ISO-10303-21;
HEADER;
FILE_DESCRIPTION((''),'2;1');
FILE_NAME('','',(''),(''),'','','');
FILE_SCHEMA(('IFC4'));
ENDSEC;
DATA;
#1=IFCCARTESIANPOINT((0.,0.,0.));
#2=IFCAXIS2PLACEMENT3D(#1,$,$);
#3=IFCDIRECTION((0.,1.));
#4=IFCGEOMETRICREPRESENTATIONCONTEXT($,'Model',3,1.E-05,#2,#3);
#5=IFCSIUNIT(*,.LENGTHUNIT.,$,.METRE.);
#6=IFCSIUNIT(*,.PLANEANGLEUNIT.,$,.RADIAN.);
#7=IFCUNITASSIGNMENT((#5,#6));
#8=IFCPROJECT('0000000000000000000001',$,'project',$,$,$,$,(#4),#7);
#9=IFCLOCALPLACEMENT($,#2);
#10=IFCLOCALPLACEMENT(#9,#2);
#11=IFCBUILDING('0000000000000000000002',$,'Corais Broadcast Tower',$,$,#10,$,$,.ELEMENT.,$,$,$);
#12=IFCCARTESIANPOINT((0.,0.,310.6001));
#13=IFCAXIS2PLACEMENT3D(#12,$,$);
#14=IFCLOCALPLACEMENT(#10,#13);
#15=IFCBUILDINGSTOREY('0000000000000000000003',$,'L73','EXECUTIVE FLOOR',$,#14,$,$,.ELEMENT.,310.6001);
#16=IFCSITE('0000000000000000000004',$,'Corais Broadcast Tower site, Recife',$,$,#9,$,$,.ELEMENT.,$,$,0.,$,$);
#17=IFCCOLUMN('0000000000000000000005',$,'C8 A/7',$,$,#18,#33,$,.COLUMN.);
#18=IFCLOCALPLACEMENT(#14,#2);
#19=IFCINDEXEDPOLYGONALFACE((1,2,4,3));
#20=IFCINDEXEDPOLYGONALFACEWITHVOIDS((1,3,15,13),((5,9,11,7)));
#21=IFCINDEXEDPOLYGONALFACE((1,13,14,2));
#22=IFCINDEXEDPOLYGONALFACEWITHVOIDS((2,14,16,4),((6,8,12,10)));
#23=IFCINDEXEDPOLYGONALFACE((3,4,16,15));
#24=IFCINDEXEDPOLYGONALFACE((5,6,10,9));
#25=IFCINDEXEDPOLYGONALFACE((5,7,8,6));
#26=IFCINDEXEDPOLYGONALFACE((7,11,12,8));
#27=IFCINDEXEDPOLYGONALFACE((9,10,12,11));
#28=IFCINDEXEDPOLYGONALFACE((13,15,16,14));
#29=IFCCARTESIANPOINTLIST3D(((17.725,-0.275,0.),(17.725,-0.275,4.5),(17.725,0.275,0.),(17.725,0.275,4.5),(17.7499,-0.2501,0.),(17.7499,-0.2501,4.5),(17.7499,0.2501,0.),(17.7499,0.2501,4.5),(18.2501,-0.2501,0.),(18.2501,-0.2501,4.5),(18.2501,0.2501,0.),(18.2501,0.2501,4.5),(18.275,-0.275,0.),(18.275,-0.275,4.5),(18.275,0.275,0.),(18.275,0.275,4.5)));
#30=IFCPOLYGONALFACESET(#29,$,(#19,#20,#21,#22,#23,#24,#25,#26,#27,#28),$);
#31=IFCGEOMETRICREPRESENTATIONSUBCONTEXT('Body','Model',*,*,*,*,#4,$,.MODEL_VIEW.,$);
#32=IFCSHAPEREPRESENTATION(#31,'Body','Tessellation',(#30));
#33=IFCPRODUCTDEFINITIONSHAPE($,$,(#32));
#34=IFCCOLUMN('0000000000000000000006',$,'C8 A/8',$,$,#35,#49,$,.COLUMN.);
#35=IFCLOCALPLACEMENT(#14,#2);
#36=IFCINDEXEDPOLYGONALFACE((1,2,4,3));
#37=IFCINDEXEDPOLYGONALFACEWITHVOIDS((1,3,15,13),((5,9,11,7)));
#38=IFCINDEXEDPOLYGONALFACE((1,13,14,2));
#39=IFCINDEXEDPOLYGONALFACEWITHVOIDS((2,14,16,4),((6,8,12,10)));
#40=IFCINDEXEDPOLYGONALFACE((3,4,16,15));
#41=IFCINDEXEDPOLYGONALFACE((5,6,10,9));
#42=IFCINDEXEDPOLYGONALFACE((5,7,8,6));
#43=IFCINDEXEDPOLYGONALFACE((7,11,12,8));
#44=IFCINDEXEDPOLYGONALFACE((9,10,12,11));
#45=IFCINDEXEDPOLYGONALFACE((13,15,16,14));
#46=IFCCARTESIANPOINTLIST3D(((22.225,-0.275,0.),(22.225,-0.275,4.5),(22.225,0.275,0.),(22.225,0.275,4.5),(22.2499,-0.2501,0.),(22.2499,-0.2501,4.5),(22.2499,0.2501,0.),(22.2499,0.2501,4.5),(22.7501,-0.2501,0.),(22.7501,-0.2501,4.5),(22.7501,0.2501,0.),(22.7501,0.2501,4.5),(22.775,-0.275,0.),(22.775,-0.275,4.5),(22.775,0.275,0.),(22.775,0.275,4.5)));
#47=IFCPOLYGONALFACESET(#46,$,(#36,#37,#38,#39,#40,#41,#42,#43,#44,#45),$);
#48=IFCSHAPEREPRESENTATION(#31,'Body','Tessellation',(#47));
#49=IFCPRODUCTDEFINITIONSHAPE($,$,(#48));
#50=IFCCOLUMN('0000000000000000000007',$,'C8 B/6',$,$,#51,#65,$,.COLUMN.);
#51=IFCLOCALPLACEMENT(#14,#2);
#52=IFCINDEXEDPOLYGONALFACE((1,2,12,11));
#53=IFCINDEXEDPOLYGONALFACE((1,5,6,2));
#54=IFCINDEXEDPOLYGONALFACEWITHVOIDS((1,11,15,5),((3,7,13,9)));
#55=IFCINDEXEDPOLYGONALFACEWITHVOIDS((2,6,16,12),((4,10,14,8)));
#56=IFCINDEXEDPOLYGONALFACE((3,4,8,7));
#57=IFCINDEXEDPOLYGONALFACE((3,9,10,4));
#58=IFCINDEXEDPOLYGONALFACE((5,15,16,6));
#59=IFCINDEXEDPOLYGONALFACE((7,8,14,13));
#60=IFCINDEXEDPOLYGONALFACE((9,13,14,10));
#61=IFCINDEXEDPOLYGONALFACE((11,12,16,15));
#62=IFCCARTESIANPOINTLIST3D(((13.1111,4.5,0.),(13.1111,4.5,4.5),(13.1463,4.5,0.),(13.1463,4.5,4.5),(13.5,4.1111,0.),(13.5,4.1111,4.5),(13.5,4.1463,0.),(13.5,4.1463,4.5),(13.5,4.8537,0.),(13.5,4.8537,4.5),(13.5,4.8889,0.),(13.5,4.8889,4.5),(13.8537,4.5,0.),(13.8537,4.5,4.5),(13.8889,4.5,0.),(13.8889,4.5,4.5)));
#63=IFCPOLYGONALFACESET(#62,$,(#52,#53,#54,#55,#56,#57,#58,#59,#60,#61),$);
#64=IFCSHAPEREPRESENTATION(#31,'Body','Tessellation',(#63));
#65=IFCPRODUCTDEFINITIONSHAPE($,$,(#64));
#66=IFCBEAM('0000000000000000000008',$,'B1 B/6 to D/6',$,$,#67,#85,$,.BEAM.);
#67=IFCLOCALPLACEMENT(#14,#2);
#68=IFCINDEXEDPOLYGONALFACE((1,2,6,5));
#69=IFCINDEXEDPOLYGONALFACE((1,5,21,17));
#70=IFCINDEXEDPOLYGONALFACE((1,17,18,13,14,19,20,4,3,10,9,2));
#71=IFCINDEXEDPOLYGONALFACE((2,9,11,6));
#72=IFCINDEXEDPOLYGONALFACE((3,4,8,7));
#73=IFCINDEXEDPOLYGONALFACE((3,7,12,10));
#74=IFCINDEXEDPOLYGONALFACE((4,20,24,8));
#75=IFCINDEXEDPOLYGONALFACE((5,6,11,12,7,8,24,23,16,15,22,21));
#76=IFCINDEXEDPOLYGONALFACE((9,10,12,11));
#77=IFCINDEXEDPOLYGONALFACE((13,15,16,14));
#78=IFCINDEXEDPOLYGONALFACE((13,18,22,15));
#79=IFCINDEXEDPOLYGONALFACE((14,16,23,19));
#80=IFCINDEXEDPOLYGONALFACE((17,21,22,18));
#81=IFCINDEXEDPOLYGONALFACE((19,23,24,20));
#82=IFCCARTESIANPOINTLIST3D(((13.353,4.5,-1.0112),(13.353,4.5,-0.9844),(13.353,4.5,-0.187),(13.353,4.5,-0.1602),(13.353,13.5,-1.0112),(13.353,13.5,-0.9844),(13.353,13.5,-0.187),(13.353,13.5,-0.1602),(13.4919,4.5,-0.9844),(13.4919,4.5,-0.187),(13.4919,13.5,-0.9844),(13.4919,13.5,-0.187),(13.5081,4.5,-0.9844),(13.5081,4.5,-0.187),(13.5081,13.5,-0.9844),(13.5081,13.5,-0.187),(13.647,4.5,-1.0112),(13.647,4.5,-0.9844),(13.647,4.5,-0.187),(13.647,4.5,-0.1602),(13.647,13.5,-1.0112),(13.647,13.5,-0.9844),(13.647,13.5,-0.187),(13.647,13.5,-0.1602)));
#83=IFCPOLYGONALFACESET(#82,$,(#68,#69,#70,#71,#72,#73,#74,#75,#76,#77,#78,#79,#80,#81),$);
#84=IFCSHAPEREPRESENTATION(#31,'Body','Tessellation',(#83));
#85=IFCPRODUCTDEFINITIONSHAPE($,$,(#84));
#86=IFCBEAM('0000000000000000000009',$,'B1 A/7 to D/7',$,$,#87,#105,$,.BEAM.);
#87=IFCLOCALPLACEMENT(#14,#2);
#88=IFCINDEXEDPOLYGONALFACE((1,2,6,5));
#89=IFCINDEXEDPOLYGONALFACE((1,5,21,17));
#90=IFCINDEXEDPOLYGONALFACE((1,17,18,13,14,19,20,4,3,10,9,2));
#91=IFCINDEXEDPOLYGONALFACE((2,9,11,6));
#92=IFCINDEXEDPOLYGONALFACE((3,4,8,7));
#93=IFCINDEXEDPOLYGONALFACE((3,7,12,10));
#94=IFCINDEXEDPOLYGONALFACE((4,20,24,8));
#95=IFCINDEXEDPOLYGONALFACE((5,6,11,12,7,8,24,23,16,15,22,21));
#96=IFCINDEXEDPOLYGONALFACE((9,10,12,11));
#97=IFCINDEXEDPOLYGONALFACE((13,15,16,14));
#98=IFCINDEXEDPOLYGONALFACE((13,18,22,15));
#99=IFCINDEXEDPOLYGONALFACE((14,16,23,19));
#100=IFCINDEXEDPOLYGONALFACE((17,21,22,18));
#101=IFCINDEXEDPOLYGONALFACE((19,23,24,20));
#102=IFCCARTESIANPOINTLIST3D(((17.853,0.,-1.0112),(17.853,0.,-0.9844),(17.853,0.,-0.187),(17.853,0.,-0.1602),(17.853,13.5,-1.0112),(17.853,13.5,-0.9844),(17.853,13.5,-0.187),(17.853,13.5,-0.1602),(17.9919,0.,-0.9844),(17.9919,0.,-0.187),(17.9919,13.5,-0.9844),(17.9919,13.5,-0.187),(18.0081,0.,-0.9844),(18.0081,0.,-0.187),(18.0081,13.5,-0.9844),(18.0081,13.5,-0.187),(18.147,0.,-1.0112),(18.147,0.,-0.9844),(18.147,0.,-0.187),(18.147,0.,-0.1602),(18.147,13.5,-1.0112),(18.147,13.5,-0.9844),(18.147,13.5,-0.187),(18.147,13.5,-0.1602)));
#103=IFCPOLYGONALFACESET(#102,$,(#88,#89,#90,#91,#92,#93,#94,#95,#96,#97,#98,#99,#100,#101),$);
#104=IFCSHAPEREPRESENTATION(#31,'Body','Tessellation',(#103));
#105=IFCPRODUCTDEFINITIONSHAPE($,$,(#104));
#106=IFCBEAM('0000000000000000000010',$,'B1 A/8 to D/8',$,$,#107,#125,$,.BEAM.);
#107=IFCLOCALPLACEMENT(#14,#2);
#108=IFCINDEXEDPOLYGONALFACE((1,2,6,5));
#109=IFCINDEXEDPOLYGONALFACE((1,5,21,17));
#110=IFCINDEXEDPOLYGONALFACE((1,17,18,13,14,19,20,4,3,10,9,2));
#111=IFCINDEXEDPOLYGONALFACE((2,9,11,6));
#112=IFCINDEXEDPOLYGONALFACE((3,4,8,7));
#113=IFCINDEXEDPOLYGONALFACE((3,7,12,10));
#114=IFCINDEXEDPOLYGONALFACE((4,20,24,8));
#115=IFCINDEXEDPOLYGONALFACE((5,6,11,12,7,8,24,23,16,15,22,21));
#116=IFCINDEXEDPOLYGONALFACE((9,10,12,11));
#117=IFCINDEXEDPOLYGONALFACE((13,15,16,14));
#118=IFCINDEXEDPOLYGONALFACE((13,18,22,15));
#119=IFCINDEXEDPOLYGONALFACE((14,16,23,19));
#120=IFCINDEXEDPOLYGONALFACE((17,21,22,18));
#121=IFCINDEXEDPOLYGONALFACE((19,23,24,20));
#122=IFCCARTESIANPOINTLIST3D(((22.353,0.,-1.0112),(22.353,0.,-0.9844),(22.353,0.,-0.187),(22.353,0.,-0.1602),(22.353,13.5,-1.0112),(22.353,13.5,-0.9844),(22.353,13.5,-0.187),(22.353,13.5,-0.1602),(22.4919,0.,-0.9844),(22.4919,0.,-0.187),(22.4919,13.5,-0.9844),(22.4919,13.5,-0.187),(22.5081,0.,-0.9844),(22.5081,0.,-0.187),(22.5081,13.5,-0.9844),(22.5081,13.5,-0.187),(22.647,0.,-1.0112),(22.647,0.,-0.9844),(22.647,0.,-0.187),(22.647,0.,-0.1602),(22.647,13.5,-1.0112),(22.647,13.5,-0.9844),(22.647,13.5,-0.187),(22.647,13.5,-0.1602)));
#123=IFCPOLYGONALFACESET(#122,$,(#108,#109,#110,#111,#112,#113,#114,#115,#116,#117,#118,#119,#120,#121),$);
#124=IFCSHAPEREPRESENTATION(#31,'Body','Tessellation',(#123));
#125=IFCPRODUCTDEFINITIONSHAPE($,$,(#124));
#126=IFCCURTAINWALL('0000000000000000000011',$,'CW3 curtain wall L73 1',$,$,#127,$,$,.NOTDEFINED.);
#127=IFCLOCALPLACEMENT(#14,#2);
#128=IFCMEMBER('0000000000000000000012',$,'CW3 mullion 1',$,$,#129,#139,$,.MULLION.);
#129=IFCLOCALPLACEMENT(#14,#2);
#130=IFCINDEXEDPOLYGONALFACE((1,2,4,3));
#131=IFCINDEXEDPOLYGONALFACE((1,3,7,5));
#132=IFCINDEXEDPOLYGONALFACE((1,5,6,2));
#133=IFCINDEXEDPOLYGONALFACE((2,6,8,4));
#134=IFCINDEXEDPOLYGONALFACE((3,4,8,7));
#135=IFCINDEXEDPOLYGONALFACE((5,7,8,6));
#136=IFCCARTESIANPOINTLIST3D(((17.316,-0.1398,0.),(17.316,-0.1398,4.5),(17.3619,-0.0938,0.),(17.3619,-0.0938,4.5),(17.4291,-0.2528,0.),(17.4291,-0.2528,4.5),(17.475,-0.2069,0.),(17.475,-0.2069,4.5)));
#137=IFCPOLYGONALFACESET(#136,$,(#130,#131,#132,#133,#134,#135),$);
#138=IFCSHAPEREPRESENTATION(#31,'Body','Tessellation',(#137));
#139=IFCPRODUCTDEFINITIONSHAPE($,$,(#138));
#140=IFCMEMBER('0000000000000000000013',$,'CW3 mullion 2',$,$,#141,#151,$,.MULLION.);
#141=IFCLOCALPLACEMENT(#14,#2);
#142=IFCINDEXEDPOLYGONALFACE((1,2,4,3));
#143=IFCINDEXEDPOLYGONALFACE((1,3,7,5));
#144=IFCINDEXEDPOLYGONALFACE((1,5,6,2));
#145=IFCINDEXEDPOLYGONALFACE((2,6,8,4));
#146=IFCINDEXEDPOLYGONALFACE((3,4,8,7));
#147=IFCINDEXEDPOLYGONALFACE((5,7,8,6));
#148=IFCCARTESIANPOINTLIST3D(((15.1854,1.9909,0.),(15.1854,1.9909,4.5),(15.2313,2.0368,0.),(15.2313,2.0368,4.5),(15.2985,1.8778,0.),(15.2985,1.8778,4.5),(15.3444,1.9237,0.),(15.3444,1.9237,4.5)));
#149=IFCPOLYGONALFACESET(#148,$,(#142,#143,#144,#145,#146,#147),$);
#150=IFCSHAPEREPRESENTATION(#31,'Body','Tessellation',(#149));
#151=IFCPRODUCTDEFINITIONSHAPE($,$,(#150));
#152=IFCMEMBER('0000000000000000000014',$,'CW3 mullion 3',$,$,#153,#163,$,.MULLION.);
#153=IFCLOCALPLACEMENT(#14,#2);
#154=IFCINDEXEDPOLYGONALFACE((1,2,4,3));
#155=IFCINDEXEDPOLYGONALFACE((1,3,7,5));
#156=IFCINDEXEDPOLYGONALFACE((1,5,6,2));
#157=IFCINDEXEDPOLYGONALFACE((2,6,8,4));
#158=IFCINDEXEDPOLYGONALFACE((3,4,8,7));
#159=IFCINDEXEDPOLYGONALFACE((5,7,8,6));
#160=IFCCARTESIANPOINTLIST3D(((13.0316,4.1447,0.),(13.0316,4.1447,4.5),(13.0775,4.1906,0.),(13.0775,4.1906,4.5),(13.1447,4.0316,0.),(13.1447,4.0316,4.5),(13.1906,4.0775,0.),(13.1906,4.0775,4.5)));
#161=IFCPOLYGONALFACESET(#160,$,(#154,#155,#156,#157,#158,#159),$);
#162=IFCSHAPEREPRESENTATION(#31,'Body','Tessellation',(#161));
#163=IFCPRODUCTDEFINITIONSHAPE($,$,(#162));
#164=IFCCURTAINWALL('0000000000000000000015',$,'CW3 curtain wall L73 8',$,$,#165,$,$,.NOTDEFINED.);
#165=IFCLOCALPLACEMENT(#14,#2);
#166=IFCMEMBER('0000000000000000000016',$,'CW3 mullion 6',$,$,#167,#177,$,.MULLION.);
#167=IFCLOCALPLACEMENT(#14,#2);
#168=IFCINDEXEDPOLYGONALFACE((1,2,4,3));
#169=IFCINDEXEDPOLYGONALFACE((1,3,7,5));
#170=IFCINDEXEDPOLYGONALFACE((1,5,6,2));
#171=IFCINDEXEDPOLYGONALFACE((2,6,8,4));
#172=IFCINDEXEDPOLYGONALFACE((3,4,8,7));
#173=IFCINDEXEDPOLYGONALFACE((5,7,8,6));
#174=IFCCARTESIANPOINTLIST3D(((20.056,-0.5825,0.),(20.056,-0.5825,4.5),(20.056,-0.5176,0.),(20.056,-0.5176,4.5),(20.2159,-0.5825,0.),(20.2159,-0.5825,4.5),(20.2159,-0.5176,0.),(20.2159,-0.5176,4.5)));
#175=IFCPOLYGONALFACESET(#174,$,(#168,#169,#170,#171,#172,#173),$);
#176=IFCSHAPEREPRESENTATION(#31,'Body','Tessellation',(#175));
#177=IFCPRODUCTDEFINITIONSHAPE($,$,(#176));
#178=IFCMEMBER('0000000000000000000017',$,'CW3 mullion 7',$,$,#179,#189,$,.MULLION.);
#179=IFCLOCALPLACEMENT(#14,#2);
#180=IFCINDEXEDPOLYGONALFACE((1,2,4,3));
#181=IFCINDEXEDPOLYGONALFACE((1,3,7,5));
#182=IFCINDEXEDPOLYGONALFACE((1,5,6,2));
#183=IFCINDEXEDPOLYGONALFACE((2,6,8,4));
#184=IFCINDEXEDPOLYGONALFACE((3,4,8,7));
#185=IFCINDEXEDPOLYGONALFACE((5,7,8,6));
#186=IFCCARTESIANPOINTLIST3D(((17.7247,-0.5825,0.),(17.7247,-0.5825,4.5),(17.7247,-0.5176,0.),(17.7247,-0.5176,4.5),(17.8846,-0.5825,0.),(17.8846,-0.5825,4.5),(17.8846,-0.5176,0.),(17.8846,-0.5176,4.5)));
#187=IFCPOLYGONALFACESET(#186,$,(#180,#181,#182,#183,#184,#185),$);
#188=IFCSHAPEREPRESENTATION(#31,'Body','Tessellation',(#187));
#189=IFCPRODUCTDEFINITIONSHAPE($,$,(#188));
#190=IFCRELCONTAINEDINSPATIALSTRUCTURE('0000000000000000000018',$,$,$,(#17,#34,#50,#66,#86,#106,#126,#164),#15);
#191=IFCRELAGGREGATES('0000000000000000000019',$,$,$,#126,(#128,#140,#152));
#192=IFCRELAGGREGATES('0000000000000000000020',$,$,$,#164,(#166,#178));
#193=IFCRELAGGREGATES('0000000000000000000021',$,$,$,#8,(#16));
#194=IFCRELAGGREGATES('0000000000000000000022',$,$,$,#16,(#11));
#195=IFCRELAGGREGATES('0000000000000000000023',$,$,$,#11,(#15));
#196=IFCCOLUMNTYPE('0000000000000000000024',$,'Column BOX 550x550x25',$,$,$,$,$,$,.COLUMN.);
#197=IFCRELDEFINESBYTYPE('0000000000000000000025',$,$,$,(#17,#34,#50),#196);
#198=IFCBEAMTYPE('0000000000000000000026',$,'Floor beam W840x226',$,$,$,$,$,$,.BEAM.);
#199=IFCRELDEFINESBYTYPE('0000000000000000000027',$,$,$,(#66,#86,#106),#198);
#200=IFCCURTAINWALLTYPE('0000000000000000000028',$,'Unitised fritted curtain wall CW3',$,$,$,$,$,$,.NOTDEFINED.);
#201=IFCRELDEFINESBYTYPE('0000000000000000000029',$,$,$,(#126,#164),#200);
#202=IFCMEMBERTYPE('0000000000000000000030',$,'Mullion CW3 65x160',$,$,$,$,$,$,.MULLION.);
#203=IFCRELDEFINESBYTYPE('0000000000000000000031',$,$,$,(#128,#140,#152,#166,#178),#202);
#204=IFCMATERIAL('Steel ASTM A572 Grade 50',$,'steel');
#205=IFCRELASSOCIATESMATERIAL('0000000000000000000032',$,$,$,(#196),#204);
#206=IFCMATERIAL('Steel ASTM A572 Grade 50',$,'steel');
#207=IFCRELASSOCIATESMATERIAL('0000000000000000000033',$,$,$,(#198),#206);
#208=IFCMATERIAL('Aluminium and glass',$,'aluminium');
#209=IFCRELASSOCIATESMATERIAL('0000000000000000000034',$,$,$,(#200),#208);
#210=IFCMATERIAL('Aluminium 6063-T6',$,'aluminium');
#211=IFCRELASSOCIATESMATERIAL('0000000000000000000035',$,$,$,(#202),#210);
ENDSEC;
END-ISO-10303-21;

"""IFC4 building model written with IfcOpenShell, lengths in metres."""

from ifc_helpers import new_model, si_unit, direction, frame, origin, origin_2d, place, context, subcontext, project, spatial, rectangle, hollow_rectangle, i_section, extrude, material, material_profile, profile_set, type_object, element, aggregate, save


model = new_model("IFC4")

# Units and contexts
model_context = context("Model", 3, precision=1e-05, world=origin(), true_north=direction((0.0, 1.0)))
body_context = subcontext(model_context, "Body", "Model", "MODEL_VIEW")
ifc_project = project(units=[si_unit("LENGTHUNIT", "METRE"), si_unit("PLANEANGLEUNIT", "RADIAN")], contexts=[model_context])

# Site, building, storey
site_placement = place(None, origin())
site = spatial("IfcSite", under=ifc_project, at=site_placement, Name="Corais Broadcast Tower site, Recife", CompositionType="ELEMENT", RefElevation=0.0)
building_placement = place(site_placement, origin())
building = spatial("IfcBuilding", under=site, at=building_placement, Name="Corais Broadcast Tower", CompositionType="ELEMENT")
storey_placement = place(building_placement, frame((0.0, 0.0, 310.6001)))
storey = spatial("IfcBuildingStorey", under=building, at=storey_placement, Name="L73", Description="EXECUTIVE FLOOR", CompositionType="ELEMENT", Elevation=310.6001)

# Columns
ifc_material_1 = material(Name="Steel ASTM A572 Grade 50", Category="steel")
ifc_material_profile_1 = material_profile(ifc_material_1, hollow_rectangle(XDim=0.55, YDim=0.55, WallThickness=0.0249, at=origin_2d()), Name="BOX 550x550x25")
ifc_profile_set_1 = profile_set([ifc_material_profile_1], Name="Steel ASTM A572 Grade 50")
column_type = type_object("IfcColumnType", Name="Column BOX 550x550x25", PredefinedType="COLUMN", material=ifc_profile_set_1)
for number, where, z_axis, x_axis, name in (
    (1, (18.0, 0.0, 0.0), (0.0, 0.0, 1.0), (1.0, 0.0, 0.0), "C8 A/7"),
    (2, (22.5, 0.0, 0.0), (0.0, 0.0, 1.0), (1.0, 0.0, 0.0), "C8 A/8"),
    (3, (13.5, 4.5, 0.0), (0.0, 0.0, 1.0), (0.707107, 0.707107, 0.0), "C8 B/6"),
):
    element("IfcColumn", number, at=place(storey_placement, frame(where, z_axis=z_axis, x_axis=x_axis)), inside=storey, type_object=column_type, Name=name, PredefinedType="COLUMN", context=body_context, shape_type="SweptSolid", body=[
        extrude(hollow_rectangle(XDim=0.55, YDim=0.55, WallThickness=0.0249, at=origin_2d()), origin(), (0.0, 0.0, 1.0), 4.5),
    ])

# Beams
ifc_material_2 = material(Name="Steel ASTM A572 Grade 50", Category="steel")
ifc_material_profile_2 = material_profile(ifc_material_2, i_section(OverallWidth=0.2939, OverallDepth=0.8511, WebThickness=0.0161, FlangeThickness=0.0269, at=origin_2d()), Name="W840x226")
ifc_profile_set_2 = profile_set([ifc_material_profile_2], Name="Steel ASTM A572 Grade 50")
beam_type_1 = type_object("IfcBeamType", Name="Floor beam W840x226", PredefinedType="BEAM", material=ifc_profile_set_2)
beam_1_placement = place(storey_placement, frame((13.5, 4.5, -0.5857), z_axis=(0.0, 1.0, 0.0), x_axis=(-1.0, 0.0, 0.0)))
element("IfcBeam", 4, at=beam_1_placement, inside=storey, type_object=beam_type_1, Name="B1 B/6 to D/6", PredefinedType="BEAM", context=body_context, shape_type="SweptSolid", body=[
    extrude(i_section(OverallWidth=0.2939, OverallDepth=0.8511, WebThickness=0.0161, FlangeThickness=0.0269, at=origin_2d()), origin(), (0.0, 0.0, 1.0), 9.0),
])
for number, where, z_axis, x_axis, name in (
    (5, (18.0, 0.0, -0.5857), (0.0, 1.0, 0.0), (-1.0, 0.0, 0.0), "B1 A/7 to D/7"),
    (6, (22.5, 0.0, -0.5857), (0.0, 1.0, 0.0), (-1.0, 0.0, 0.0), "B1 A/8 to D/8"),
):
    element("IfcBeam", number, at=place(storey_placement, frame(where, z_axis=z_axis, x_axis=x_axis)), inside=storey, type_object=beam_type_1, Name=name, PredefinedType="BEAM", context=body_context, shape_type="SweptSolid", body=[
        extrude(i_section(OverallWidth=0.2939, OverallDepth=0.8511, WebThickness=0.0161, FlangeThickness=0.0269, at=origin_2d()), origin(), (0.0, 0.0, 1.0), 13.5),
    ])

# Curtain walls, members
ifc_material_3 = material(Name="Aluminium and glass", Category="aluminium")
curtain_wall_type = type_object("IfcCurtainWallType", Name="Unitised fritted curtain wall CW3", PredefinedType="NOTDEFINED", material=ifc_material_3)
curtain_wall_1_placement = place(storey_placement, origin())
curtain_wall_1 = element("IfcCurtainWall", 7, at=curtain_wall_1_placement, inside=storey, type_object=curtain_wall_type, Name="CW3 curtain wall L73 1", PredefinedType="NOTDEFINED")
ifc_material_4 = material(Name="Aluminium 6063-T6", Category="aluminium")
ifc_material_profile_3 = material_profile(ifc_material_4, rectangle(XDim=0.0649, YDim=0.1599, at=origin_2d()), Name="Mullion CW3 65x160")
ifc_profile_set_3 = profile_set([ifc_material_profile_3], Name="Aluminium 6063-T6")
member_type_1 = type_object("IfcMemberType", Name="Mullion CW3 65x160", PredefinedType="MULLION", material=ifc_profile_set_3)
member_1_placement = place(storey_placement, frame((17.3955, -0.1733, 0.0), z_axis=(0.0, 0.0, 1.0), x_axis=(-0.707107, -0.707107, 0.0)))
member_1 = element("IfcMember", 8, at=member_1_placement, type_object=member_type_1, Name="CW3 mullion 1", PredefinedType="MULLION", context=body_context, shape_type="SweptSolid", body=[
    extrude(rectangle(XDim=0.0649, YDim=0.1599, at=origin_2d()), origin(), (0.0, 0.0, 1.0), 4.5),
])
member_2_placement = place(storey_placement, frame((15.2649, 1.9573, 0.0), z_axis=(0.0, 0.0, 1.0), x_axis=(-0.707107, -0.707107, 0.0)))
member_2 = element("IfcMember", 9, at=member_2_placement, type_object=member_type_1, Name="CW3 mullion 2", PredefinedType="MULLION", context=body_context, shape_type="SweptSolid", body=[
    extrude(rectangle(XDim=0.0649, YDim=0.1599, at=origin_2d()), origin(), (0.0, 0.0, 1.0), 4.5),
])
member_3_placement = place(storey_placement, frame((13.1111, 4.1111, 0.0), z_axis=(0.0, 0.0, 1.0), x_axis=(-0.707107, -0.707107, 0.0)))
member_3 = element("IfcMember", 10, at=member_3_placement, type_object=member_type_1, Name="CW3 mullion 3", PredefinedType="MULLION", context=body_context, shape_type="SweptSolid", body=[
    extrude(rectangle(XDim=0.0649, YDim=0.1599, at=origin_2d()), origin(), (0.0, 0.0, 1.0), 4.5),
])
curtain_wall_2_placement = place(storey_placement, origin())
curtain_wall_2 = element("IfcCurtainWall", 11, at=curtain_wall_2_placement, inside=storey, type_object=curtain_wall_type, Name="CW3 curtain wall L73 8", PredefinedType="NOTDEFINED")
member_4_placement = place(storey_placement, frame((20.136, -0.55, 0.0), z_axis=(0.0, 0.0, 1.0), x_axis=(0.0, -1.0, 0.0)))
member_4 = element("IfcMember", 12, at=member_4_placement, type_object=member_type_1, Name="CW3 mullion 6", PredefinedType="MULLION", context=body_context, shape_type="SweptSolid", body=[
    extrude(rectangle(XDim=0.0649, YDim=0.1599, at=origin_2d()), origin(), (0.0, 0.0, 1.0), 4.5),
])
member_5_placement = place(storey_placement, frame((17.8047, -0.55, 0.0), z_axis=(0.0, 0.0, 1.0), x_axis=(0.0, -1.0, 0.0)))
member_5 = element("IfcMember", 13, at=member_5_placement, type_object=member_type_1, Name="CW3 mullion 7", PredefinedType="MULLION", context=body_context, shape_type="SweptSolid", body=[
    extrude(rectangle(XDim=0.0649, YDim=0.1599, at=origin_2d()), origin(), (0.0, 0.0, 1.0), 4.5),
])

aggregate(curtain_wall_1, [member_1, member_2, member_3])
aggregate(curtain_wall_2, [member_4, member_5])

save(model, "model.ifc")
